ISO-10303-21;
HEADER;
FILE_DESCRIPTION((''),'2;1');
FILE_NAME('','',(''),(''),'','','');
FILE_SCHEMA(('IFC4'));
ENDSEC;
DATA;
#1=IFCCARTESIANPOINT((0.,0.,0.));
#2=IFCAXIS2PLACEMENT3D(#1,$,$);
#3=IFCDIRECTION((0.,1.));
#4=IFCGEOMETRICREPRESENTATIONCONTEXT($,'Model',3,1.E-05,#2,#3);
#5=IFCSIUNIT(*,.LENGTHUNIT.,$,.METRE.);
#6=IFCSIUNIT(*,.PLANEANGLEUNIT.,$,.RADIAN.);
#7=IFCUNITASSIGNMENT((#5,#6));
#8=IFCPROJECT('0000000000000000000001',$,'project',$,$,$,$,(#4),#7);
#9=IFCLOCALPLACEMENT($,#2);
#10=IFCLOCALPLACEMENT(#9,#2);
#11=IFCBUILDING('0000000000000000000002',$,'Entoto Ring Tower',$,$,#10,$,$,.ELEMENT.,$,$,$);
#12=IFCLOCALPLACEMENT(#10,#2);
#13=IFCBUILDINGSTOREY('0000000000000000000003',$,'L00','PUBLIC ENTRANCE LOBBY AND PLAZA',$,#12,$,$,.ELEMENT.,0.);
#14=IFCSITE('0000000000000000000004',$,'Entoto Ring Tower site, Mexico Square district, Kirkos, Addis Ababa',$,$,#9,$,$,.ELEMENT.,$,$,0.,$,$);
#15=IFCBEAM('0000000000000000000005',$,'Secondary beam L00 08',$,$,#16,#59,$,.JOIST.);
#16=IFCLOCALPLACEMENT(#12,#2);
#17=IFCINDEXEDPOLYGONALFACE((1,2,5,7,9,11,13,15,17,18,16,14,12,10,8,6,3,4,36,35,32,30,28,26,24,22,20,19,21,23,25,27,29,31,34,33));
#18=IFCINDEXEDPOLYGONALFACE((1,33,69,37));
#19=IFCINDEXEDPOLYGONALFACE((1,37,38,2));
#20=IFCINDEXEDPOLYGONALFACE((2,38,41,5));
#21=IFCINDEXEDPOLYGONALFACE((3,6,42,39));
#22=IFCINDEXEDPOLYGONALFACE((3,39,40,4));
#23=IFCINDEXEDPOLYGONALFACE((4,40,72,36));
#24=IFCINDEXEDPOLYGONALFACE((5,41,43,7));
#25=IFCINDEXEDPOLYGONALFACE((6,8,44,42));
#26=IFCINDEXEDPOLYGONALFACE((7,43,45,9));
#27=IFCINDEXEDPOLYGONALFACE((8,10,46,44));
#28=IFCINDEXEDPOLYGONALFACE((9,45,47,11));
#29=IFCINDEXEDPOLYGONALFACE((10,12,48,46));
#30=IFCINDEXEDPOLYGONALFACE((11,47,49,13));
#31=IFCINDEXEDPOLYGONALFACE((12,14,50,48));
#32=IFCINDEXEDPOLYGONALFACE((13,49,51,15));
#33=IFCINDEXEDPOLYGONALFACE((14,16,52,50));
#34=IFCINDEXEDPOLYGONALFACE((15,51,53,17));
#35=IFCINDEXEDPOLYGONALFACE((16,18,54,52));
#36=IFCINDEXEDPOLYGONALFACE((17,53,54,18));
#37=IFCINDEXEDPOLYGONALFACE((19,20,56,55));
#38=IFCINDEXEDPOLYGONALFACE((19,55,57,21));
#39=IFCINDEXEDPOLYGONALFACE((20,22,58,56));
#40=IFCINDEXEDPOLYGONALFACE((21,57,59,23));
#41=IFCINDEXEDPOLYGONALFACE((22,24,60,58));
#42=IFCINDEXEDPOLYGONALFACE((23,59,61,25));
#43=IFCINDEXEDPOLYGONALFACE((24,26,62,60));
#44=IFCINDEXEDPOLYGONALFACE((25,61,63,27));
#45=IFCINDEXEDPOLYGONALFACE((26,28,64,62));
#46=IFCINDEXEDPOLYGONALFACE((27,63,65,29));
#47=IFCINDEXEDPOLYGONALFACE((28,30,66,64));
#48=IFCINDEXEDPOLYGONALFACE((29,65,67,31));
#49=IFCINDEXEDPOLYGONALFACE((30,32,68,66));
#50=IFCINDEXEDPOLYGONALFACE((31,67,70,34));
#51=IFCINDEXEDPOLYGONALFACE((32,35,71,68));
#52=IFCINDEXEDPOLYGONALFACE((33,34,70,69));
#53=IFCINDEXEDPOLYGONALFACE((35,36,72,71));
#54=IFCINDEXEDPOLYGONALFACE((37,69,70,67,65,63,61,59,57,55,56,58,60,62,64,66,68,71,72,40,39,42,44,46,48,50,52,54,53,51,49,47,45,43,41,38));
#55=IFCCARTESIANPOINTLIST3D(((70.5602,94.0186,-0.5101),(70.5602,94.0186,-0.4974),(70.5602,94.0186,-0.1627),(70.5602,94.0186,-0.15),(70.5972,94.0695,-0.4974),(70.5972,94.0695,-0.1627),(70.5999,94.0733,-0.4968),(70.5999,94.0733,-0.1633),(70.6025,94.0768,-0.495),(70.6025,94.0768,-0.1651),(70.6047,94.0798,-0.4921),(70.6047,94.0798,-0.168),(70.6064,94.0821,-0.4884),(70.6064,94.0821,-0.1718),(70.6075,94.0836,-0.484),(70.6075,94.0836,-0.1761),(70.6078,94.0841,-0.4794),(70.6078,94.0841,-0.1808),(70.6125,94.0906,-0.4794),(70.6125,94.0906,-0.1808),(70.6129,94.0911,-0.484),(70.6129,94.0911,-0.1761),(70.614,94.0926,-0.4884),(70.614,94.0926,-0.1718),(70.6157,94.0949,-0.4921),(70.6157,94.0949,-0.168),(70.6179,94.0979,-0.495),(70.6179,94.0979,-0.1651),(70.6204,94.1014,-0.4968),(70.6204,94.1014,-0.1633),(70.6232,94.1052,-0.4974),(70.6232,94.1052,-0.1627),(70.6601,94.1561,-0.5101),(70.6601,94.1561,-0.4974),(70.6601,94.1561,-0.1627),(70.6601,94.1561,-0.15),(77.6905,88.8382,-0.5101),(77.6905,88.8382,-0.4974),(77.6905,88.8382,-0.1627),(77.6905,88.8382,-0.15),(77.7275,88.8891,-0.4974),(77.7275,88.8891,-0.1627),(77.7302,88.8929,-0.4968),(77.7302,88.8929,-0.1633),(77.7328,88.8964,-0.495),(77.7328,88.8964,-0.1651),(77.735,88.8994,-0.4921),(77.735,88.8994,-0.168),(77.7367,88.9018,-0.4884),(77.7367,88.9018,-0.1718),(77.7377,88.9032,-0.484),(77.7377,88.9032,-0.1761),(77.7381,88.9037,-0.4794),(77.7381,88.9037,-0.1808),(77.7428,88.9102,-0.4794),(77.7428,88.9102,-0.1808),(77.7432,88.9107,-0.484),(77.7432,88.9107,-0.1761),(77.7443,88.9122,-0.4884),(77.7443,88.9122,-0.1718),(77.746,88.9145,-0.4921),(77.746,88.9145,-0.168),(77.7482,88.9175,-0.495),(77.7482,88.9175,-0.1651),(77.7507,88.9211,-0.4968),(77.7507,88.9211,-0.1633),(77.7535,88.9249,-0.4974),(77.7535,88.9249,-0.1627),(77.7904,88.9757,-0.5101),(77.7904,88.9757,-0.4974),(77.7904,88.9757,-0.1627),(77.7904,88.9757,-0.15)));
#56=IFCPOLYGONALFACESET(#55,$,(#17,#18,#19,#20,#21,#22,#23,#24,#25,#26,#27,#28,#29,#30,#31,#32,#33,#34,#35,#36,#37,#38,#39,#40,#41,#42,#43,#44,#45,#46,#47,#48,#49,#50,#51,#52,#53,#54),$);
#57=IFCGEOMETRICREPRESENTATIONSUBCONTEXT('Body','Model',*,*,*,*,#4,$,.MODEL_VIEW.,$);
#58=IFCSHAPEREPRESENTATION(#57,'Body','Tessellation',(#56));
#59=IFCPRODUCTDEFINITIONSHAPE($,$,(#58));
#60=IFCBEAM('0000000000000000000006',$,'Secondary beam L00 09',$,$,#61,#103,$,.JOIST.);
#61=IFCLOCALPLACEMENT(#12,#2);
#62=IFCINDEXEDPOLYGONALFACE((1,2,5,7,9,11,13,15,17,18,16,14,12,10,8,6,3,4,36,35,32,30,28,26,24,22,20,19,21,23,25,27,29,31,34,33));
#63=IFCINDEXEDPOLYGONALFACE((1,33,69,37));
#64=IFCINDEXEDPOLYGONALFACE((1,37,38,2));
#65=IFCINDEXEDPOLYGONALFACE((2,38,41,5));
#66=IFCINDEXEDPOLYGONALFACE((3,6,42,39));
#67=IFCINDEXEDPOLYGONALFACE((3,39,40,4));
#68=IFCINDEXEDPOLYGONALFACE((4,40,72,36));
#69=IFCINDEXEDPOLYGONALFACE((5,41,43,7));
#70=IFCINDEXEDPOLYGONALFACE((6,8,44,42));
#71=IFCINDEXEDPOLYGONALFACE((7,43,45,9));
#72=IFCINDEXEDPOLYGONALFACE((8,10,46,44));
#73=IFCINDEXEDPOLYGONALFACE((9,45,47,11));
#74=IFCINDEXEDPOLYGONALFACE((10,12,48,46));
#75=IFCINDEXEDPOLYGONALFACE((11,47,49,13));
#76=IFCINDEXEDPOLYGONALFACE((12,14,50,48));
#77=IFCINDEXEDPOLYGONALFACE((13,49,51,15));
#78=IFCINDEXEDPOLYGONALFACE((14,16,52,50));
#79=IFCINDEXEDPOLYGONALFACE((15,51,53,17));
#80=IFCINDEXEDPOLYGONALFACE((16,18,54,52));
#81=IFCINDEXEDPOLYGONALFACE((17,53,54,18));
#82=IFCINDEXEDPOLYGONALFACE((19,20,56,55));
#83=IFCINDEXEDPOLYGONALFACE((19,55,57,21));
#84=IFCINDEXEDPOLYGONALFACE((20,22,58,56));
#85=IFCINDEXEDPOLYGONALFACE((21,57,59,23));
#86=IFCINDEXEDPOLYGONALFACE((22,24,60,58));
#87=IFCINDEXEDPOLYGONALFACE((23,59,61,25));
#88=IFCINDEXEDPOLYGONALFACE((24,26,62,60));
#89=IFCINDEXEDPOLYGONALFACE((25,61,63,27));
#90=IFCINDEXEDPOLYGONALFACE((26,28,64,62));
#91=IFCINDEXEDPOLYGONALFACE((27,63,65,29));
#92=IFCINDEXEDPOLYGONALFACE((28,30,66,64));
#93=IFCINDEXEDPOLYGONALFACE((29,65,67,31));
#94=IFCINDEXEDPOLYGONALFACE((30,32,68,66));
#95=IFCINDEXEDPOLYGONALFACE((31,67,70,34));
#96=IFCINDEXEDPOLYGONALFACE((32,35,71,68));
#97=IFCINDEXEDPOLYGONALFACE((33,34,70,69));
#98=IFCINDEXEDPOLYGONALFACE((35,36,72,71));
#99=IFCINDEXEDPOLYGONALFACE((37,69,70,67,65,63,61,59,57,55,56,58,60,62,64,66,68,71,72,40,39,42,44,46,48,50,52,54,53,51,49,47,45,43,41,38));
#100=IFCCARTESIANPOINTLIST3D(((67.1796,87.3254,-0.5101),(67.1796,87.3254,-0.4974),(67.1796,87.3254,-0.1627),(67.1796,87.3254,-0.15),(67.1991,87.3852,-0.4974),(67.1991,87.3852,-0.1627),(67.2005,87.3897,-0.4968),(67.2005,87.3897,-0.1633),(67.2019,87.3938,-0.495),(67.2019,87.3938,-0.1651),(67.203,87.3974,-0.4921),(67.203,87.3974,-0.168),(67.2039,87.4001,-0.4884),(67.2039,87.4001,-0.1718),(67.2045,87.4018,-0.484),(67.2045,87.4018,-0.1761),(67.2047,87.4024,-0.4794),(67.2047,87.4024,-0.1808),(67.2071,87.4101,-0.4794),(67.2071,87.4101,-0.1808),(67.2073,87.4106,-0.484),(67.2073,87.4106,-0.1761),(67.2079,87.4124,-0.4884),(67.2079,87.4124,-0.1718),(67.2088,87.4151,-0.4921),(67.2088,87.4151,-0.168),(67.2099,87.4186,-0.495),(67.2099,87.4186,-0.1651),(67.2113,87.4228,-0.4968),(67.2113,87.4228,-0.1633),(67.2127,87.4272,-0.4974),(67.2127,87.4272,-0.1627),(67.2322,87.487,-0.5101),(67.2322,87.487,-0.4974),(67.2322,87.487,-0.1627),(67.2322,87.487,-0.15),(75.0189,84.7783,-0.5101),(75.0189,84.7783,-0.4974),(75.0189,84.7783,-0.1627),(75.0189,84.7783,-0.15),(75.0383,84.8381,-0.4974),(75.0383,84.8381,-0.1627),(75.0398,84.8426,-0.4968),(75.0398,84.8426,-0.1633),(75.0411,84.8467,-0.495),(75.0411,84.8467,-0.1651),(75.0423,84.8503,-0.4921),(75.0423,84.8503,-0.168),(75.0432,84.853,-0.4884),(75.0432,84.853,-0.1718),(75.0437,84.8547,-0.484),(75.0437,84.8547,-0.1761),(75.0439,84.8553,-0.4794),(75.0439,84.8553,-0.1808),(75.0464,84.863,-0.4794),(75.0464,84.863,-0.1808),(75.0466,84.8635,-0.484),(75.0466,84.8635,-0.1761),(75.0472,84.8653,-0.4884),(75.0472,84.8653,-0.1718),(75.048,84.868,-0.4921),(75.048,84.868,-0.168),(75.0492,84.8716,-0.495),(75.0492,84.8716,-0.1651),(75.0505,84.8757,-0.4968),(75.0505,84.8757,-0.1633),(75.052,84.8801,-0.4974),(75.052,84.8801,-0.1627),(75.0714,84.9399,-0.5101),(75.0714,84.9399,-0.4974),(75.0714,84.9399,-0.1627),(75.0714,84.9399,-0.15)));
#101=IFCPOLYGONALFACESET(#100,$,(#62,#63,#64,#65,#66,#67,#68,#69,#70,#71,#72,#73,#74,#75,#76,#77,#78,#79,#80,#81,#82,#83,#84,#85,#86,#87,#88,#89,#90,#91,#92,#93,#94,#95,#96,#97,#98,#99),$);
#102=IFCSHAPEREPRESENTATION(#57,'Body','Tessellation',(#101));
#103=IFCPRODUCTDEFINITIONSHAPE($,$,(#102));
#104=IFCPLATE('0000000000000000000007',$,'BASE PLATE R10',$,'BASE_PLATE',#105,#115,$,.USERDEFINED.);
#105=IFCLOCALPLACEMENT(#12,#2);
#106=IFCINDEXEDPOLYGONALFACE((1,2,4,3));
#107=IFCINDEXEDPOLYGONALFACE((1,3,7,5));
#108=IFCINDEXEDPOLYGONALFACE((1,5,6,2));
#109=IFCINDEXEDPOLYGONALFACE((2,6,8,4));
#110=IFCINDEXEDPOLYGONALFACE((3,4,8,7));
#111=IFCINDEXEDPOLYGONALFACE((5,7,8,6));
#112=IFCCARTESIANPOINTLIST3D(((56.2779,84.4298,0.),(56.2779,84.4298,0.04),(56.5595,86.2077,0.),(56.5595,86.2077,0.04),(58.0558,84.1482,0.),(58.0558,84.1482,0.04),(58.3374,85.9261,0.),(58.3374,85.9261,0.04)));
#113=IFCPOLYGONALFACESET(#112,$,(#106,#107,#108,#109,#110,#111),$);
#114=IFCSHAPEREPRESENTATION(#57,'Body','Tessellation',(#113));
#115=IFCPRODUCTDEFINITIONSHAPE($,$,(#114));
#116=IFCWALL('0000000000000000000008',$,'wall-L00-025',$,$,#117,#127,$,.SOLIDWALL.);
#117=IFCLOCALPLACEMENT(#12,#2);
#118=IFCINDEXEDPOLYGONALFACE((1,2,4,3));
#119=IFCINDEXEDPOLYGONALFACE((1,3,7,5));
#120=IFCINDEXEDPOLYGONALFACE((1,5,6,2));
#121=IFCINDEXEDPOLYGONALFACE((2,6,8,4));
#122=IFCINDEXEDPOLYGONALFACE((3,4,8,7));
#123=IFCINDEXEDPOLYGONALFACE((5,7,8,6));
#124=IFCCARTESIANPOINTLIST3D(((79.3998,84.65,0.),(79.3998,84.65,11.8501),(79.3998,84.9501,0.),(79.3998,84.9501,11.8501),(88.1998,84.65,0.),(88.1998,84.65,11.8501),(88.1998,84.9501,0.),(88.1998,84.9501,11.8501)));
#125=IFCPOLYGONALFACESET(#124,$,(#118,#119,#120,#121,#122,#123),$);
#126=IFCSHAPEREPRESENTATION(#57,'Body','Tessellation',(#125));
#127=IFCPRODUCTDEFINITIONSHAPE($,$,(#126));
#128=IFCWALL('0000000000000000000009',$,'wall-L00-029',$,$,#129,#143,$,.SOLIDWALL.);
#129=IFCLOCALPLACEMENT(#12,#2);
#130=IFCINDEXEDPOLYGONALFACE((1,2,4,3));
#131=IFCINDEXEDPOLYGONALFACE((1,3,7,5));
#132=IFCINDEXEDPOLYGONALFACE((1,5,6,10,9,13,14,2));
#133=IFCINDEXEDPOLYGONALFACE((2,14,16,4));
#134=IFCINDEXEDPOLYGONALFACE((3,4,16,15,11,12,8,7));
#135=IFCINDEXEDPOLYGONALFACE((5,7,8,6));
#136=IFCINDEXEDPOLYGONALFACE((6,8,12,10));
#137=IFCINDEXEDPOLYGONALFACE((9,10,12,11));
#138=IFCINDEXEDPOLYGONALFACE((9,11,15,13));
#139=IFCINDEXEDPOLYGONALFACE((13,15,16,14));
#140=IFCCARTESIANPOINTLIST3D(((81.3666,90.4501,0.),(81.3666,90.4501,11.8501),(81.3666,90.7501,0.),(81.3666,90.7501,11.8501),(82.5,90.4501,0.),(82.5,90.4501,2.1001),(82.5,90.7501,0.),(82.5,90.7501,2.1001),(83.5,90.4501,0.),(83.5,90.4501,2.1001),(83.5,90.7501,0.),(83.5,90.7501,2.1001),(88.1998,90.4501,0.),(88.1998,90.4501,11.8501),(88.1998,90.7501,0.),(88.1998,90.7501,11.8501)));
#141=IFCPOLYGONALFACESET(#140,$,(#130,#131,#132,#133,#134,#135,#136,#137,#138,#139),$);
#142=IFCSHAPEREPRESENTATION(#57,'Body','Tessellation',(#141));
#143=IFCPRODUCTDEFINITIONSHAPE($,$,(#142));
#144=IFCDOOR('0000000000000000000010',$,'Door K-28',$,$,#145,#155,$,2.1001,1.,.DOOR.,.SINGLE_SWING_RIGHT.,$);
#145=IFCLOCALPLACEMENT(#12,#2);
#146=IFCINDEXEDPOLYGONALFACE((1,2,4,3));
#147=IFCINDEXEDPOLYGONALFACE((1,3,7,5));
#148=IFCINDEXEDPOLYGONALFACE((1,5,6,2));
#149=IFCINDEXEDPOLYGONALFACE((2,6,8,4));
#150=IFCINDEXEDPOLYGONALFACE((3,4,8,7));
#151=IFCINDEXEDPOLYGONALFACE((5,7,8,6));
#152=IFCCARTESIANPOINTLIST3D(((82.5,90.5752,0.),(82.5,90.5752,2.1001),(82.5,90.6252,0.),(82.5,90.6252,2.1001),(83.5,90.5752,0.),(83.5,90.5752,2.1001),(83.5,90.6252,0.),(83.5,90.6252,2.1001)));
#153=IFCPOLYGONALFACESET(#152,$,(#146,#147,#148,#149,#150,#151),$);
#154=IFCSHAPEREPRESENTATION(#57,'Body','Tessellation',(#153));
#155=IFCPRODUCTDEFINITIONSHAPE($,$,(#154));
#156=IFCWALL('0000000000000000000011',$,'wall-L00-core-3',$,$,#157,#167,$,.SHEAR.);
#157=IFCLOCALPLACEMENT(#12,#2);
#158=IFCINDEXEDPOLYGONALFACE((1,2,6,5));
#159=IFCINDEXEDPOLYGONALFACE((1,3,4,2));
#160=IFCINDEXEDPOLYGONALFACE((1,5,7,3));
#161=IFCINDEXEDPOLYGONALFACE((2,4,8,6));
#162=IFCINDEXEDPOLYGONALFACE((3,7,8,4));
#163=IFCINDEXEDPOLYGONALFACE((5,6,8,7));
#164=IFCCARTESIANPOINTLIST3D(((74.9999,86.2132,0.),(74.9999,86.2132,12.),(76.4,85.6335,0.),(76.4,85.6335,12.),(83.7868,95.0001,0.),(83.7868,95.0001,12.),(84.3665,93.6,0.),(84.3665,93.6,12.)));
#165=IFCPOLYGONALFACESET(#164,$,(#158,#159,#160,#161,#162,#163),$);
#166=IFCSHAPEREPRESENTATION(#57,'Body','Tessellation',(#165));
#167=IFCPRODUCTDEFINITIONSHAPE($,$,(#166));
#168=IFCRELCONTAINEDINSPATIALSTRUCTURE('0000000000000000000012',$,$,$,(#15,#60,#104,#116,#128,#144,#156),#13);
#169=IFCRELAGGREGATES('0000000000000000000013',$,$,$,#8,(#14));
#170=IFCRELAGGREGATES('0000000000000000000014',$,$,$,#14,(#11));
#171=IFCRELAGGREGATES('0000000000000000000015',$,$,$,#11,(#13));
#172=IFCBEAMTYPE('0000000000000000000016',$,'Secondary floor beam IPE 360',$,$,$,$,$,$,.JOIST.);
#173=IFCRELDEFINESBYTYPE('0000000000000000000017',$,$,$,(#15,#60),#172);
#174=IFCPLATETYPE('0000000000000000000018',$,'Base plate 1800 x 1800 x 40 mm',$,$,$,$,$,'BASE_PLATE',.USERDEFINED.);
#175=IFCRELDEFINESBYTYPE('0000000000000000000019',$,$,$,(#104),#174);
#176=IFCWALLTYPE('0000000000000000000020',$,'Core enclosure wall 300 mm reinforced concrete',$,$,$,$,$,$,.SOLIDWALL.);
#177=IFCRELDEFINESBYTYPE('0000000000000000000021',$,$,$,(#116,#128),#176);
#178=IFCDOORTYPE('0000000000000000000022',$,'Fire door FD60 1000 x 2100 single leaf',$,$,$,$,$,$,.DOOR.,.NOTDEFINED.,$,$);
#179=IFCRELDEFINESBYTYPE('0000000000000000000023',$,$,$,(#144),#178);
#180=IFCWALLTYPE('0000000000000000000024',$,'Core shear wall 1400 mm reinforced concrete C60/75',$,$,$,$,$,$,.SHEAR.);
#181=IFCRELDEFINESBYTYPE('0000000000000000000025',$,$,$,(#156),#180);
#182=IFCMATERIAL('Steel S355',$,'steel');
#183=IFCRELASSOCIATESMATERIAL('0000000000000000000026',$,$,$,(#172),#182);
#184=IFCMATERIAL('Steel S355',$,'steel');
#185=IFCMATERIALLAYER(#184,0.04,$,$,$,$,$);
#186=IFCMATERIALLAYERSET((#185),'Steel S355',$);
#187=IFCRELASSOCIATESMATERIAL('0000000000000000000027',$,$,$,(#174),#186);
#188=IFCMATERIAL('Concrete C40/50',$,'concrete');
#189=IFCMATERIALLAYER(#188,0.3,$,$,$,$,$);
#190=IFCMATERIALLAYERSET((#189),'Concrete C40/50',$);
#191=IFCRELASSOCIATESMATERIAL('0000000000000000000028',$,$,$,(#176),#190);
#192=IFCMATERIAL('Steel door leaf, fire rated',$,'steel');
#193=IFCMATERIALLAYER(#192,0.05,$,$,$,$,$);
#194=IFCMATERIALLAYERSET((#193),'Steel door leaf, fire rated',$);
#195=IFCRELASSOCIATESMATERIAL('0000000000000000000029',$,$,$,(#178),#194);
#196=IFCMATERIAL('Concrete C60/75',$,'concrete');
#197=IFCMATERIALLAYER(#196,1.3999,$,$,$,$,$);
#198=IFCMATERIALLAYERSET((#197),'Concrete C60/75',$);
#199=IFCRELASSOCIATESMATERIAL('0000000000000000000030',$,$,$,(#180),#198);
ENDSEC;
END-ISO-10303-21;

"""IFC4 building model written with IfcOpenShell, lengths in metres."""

from ifc_helpers import new_model, si_unit, direction, frame, frame_2d, origin, origin_2d, place, context, subcontext, project, spatial, polyline, rectangle, i_section, outline, extrude, material, layer, layer_set, material_profile, profile_set, type_object, element, fill, save


model = new_model("IFC4")

# Units and contexts
model_context = context("Model", 3, precision=1e-05, world=origin(), true_north=direction((0.0, 1.0)))
body_context = subcontext(model_context, "Body", "Model", "MODEL_VIEW")
ifc_project = project(units=[si_unit("LENGTHUNIT", "METRE"), si_unit("PLANEANGLEUNIT", "RADIAN")], contexts=[model_context])

# Site, building, storey
site_placement = place(None, origin())
site = spatial("IfcSite", under=ifc_project, at=site_placement, Name="Entoto Ring Tower site, Mexico Square district, Kirkos, Addis Ababa", CompositionType="ELEMENT", RefElevation=0.0)
building_placement = place(site_placement, origin())
building = spatial("IfcBuilding", under=site, at=building_placement, Name="Entoto Ring Tower", CompositionType="ELEMENT")
storey_placement = place(building_placement, origin())
storey = spatial("IfcBuildingStorey", under=building, at=storey_placement, Name="L00", Description="PUBLIC ENTRANCE LOBBY AND PLAZA", CompositionType="ELEMENT", Elevation=0.0)

# Beams
ifc_material_1 = material(Name="Steel S355", Category="steel")
ifc_material_profile_1 = material_profile(ifc_material_1, i_section(OverallWidth=0.1699, OverallDepth=0.3601, WebThickness=0.0081, FlangeThickness=0.0127, FilletRadius=0.0181, at=origin_2d()), Name="IPE 360")
ifc_profile_set_1 = profile_set([ifc_material_profile_1], Name="Steel S355")
beam_type_1 = type_object("IfcBeamType", Name="Secondary floor beam IPE 360", PredefinedType="JOIST", material=ifc_profile_set_1)
for number, where, z_axis, x_axis, name in (
    (1, (77.7405, 88.907, -0.3301), (-0.809022, 0.587778, 0.0), (-0.587778, -0.809022, 0.0), "Secondary beam L00 08"),
):
    element("IfcBeam", number, at=place(storey_placement, frame(where, z_axis=z_axis, x_axis=x_axis)), inside=storey, type_object=beam_type_1, Name=name, PredefinedType="JOIST", context=body_context, shape_type="SweptSolid", body=[
        extrude(i_section(OverallWidth=0.1699, OverallDepth=0.3601, WebThickness=0.0081, FlangeThickness=0.0127, FilletRadius=0.0181, at=origin_2d()), origin(), (0.0, 0.0, 1.0), 8.8135),
    ])
beam_1_placement = place(storey_placement, frame((75.0452, 84.8591, -0.3301), z_axis=(-0.951058, 0.309012, 0.0), x_axis=(-0.309012, -0.951058, 0.0)))
element("IfcBeam", 2, at=beam_1_placement, inside=storey, type_object=beam_type_1, Name="Secondary beam L00 09", PredefinedType="JOIST", context=body_context, shape_type="SweptSolid", body=[
    extrude(i_section(OverallWidth=0.1699, OverallDepth=0.3601, WebThickness=0.0081, FlangeThickness=0.0127, FilletRadius=0.0181, at=origin_2d()), origin(), (0.0, 0.0, 1.0), 8.2427),
])

# Plate
ifc_material_2 = material(Name="Steel S355", Category="steel")
ifc_layer_1 = layer(ifc_material_2, 0.04)
ifc_layer_set_1 = layer_set([ifc_layer_1], Name="Steel S355")
plate_type = type_object("IfcPlateType", Name="Base plate 1800 x 1800 x 40 mm", ElementType="BASE_PLATE", PredefinedType="USERDEFINED", material=ifc_layer_set_1)
plate_placement = place(storey_placement, frame((57.3076, 85.178, 0.0), z_axis=(0.0, 0.0, 1.0), x_axis=(-0.987688, 0.156434, 0.0)))
element("IfcPlate", 3, at=plate_placement, inside=storey, type_object=plate_type, Name="BASE PLATE R10", ObjectType="BASE_PLATE", PredefinedType="USERDEFINED", context=body_context, shape_type="SweptSolid", body=[
    extrude(rectangle(XDim=1.8, YDim=1.8, at=origin_2d()), origin(), (0.0, 0.0, 1.0), 0.04),
])

# Wall
ifc_material_3 = material(Name="Concrete C40/50", Category="concrete")
ifc_layer_2 = layer(ifc_material_3, 0.3)
ifc_layer_set_2 = layer_set([ifc_layer_2], Name="Concrete C40/50")
wall_type_1 = type_object("IfcWallType", Name="Core enclosure wall 300 mm reinforced concrete", PredefinedType="SOLIDWALL", material=ifc_layer_set_2)
wall_1_placement = place(storey_placement, frame((79.3999, 84.8, 0.0), z_axis=(0.0, 0.0, 1.0), x_axis=(1.0, 0.0, 0.0)))
element("IfcWall", 4, at=wall_1_placement, inside=storey, type_object=wall_type_1, Name="wall-L00-025", PredefinedType="SOLIDWALL", context=body_context, shape_type="SweptSolid", body=[
    extrude(rectangle(XDim=8.8, YDim=0.3, at=frame_2d((4.3999, 0.0))), origin(), (0.0, 0.0, 1.0), 11.8501),
])

# Wall, opening, door
wall_2_placement = place(storey_placement, frame((81.3667, 90.6001, 0.0), z_axis=(0.0, 0.0, 1.0), x_axis=(1.0, 0.0, 0.0)))
wall_2 = element("IfcWall", 5, at=wall_2_placement, inside=storey, type_object=wall_type_1, Name="wall-L00-029", PredefinedType="SOLIDWALL", context=body_context, shape_type="SweptSolid", body=[
    extrude(rectangle(XDim=6.8333, YDim=0.3, at=frame_2d((3.4165, 0.0))), origin(), (0.0, 0.0, 1.0), 11.8501),
])
opening_1_placement = place(wall_2_placement, frame((1.1333, 0.0, 0.0)))
opening_1 = element("IfcOpeningElement", 6, at=opening_1_placement, cuts=wall_2, PredefinedType="OPENING", context=body_context, shape_type="SweptSolid", body=[
    extrude(rectangle(XDim=1.0, YDim=2.1001, at=frame_2d((0.5, 1.05))), frame((0.0, 0.1602, 0.0), z_axis=(0.0, -1.0, 0.0), x_axis=(1.0, 0.0, 0.0)), (0.0, 0.0, 1.0), 0.3201),
])
ifc_material_4 = material(Name="Steel door leaf, fire rated", Category="steel")
ifc_layer_3 = layer(ifc_material_4, 0.05)
ifc_layer_set_3 = layer_set([ifc_layer_3], Name="Steel door leaf, fire rated")
door_type_1 = type_object("IfcDoorType", Name="Fire door FD60 1000 x 2100 single leaf", OperationType="NOTDEFINED", PredefinedType="DOOR", material=ifc_layer_set_3)
door_1_placement = place(opening_1_placement, frame((1.0, 0.0, 0.0), z_axis=(0.0, 0.0, 1.0), x_axis=(-1.0, 0.0, 0.0)))
door_1 = element("IfcDoor", 7, at=door_1_placement, inside=storey, type_object=door_type_1, Name="Door K-28", OperationType="SINGLE_SWING_RIGHT", OverallHeight=2.1001, OverallWidth=1.0, PredefinedType="DOOR", context=body_context, shape_type="SweptSolid", body=[
    extrude(rectangle(XDim=1.0, YDim=2.1001, at=frame_2d((0.5, 1.05))), frame((0.0, 0.0249, 0.0), z_axis=(0.0, -1.0, 0.0), x_axis=(1.0, 0.0, 0.0)), (0.0, 0.0, 1.0), 0.05),
])
fill(opening_1, door_1)

# Wall
ifc_material_5 = material(Name="Concrete C60/75", Category="concrete")
ifc_layer_4 = layer(ifc_material_5, 1.3999)
ifc_layer_set_4 = layer_set([ifc_layer_4], Name="Concrete C60/75")
wall_type_2 = type_object("IfcWallType", Name="Core shear wall 1400 mm reinforced concrete C60/75", PredefinedType="SHEAR", material=ifc_layer_set_4)
wall_3_placement = place(storey_placement, frame((84.0767, 94.3, 0.0), z_axis=(0.0, 0.0, 1.0), x_axis=(-0.707107, -0.707107, 0.0)))
element("IfcWall", 8, at=wall_3_placement, inside=storey, type_object=wall_type_2, Name="wall-L00-core-3", PredefinedType="SHEAR", context=body_context, shape_type="SweptSolid", body=[
    extrude(outline(polyline([(-0.29, -0.7), (12.1365, -0.7), (11.5564, 0.7), (0.29, 0.7), (-0.29, -0.7)])), origin(), (0.0, 0.0, 1.0), 12.0),
])

save(model, "model.ifc")
